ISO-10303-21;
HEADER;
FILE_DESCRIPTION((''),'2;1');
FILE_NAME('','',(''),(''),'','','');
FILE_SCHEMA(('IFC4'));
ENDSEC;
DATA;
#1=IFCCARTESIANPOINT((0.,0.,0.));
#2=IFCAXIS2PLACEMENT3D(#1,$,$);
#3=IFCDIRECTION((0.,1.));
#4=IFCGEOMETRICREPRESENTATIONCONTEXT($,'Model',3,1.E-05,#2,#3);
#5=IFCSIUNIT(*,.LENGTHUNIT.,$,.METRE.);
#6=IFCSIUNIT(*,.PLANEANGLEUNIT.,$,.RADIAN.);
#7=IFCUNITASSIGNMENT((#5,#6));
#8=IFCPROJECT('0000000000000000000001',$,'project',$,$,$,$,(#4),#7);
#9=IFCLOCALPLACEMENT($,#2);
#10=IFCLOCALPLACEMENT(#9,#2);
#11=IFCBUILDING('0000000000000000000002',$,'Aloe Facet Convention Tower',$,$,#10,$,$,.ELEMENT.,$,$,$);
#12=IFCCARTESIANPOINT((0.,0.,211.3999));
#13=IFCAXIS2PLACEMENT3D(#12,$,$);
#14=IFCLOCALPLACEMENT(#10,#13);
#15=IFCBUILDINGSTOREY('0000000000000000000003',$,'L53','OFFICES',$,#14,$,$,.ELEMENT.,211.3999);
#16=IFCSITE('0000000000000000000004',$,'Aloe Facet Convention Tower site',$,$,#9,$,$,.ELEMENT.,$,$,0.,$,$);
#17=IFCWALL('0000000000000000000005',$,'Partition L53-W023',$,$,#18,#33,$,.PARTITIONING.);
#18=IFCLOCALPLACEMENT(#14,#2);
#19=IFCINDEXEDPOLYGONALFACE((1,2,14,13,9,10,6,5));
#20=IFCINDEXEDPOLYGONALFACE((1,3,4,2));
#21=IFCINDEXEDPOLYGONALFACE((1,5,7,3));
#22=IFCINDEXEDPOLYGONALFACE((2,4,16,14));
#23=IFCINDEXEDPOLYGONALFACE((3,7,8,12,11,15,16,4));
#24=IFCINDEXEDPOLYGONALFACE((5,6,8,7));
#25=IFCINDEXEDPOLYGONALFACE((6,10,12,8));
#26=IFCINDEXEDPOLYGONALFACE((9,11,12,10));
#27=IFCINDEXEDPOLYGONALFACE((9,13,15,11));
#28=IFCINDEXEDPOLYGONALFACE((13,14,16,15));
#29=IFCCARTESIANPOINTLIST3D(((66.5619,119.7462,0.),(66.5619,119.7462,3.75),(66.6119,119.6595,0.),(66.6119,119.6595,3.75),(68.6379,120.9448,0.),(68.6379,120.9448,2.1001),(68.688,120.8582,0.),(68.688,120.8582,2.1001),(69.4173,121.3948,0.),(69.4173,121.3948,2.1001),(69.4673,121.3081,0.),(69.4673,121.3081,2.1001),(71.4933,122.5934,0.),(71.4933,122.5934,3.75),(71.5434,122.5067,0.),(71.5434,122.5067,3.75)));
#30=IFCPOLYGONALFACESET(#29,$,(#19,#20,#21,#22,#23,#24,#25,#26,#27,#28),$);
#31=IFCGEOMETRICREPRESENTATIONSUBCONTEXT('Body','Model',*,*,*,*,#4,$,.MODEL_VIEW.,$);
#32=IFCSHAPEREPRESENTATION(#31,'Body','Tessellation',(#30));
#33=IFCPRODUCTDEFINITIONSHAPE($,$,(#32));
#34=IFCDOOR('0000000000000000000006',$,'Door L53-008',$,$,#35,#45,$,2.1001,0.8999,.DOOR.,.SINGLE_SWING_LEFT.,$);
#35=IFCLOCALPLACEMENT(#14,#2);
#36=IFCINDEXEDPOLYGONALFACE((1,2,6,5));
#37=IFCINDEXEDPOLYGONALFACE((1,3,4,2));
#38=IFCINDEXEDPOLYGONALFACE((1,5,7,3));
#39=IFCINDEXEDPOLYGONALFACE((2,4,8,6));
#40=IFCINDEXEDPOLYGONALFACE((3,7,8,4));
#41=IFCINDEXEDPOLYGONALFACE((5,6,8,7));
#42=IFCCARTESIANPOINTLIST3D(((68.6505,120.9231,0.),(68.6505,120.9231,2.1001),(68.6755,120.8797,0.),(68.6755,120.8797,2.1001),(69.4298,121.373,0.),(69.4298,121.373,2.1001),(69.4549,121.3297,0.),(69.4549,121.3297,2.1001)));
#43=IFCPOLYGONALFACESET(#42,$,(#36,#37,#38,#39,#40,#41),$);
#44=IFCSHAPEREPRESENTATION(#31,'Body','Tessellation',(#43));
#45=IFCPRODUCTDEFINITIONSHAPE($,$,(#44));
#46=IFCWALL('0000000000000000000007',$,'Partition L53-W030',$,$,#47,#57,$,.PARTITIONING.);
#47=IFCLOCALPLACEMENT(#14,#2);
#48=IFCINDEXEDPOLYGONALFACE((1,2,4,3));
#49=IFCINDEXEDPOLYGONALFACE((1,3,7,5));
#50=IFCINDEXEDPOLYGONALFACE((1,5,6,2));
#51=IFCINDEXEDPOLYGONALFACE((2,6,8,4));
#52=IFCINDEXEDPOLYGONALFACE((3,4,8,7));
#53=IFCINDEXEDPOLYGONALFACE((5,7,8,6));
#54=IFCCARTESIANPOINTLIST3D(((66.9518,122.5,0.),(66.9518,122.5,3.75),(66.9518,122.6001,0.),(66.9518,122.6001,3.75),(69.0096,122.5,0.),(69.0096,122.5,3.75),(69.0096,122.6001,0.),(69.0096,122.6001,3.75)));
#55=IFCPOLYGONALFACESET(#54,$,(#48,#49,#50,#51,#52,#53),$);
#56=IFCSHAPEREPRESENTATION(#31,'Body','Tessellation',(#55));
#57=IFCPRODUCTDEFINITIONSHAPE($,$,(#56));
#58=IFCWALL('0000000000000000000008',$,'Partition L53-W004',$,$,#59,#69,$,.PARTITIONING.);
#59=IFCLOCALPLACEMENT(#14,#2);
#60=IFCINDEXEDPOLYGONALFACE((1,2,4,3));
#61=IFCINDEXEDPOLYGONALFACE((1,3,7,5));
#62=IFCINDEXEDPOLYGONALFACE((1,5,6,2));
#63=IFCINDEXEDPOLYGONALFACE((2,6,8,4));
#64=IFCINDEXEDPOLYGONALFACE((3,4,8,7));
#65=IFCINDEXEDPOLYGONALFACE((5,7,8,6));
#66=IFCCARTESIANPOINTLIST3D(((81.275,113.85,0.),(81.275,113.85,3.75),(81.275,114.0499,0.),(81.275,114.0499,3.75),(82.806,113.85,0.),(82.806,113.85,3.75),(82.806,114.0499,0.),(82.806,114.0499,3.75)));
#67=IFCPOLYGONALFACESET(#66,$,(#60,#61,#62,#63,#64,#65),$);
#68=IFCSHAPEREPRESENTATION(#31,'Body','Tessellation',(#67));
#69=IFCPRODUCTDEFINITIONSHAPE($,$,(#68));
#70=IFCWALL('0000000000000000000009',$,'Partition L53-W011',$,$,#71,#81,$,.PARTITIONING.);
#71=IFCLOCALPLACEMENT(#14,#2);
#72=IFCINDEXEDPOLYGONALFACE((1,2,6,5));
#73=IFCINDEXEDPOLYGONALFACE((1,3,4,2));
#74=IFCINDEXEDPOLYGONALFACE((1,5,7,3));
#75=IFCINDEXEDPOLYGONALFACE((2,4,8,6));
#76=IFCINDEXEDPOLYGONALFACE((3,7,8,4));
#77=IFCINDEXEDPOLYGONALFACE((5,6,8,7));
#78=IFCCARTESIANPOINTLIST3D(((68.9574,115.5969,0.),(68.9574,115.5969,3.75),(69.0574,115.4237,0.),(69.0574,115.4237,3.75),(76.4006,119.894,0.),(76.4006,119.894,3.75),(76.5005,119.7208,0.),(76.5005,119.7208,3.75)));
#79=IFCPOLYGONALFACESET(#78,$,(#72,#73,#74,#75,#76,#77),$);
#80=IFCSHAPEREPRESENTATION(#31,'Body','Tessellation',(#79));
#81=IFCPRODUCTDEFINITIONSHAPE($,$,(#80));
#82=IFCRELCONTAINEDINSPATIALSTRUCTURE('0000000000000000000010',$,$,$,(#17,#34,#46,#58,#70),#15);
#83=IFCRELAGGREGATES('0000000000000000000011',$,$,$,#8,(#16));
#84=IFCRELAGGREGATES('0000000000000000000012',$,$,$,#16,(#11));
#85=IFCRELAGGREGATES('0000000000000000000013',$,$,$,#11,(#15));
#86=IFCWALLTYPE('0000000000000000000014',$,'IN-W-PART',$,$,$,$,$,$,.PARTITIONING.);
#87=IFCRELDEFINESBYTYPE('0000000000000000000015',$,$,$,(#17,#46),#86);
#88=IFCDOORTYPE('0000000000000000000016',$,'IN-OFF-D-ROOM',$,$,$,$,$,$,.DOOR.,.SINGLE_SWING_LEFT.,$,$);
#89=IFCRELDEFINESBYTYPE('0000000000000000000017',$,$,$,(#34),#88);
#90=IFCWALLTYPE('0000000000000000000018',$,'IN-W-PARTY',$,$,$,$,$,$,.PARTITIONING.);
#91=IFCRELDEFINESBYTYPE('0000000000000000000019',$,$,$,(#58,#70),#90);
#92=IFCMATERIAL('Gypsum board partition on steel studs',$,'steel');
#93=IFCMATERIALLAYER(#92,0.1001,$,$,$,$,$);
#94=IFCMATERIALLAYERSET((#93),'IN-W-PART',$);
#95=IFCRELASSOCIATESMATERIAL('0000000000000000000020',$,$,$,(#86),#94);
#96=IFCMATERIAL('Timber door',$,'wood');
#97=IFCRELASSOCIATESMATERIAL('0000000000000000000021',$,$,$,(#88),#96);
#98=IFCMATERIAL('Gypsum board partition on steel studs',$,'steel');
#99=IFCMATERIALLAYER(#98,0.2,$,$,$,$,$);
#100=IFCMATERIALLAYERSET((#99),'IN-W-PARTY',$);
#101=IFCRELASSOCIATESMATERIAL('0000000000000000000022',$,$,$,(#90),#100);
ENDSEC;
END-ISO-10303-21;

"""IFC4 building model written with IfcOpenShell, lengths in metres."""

from ifc_helpers import new_model, si_unit, direction, frame, frame_2d, origin, place, context, subcontext, project, spatial, rectangle, extrude, material, layer, layer_set, type_object, element, fill, save


model = new_model("IFC4")

# Units and contexts
model_context = context("Model", 3, precision=1e-05, world=origin(), true_north=direction((0.0, 1.0)))
body_context = subcontext(model_context, "Body", "Model", "MODEL_VIEW")
ifc_project = project(units=[si_unit("LENGTHUNIT", "METRE"), si_unit("PLANEANGLEUNIT", "RADIAN")], contexts=[model_context])

# Site, building, storey
site_placement = place(None, origin())
site = spatial("IfcSite", under=ifc_project, at=site_placement, Name="Aloe Facet Convention Tower site", CompositionType="ELEMENT", RefElevation=0.0)
building_placement = place(site_placement, origin())
building = spatial("IfcBuilding", under=site, at=building_placement, Name="Aloe Facet Convention Tower", CompositionType="ELEMENT")
storey_placement = place(building_placement, frame((0.0, 0.0, 211.3999)))
storey = spatial("IfcBuildingStorey", under=building, at=storey_placement, Name="L53", Description="OFFICES", CompositionType="ELEMENT", Elevation=211.3999)

# Wall, opening, door
ifc_material_1 = material(Name="Gypsum board partition on steel studs", Category="steel")
ifc_layer_1 = layer(ifc_material_1, 0.1001)
ifc_layer_set_1 = layer_set([ifc_layer_1], Name="IN-W-PART")
wall_type_1 = type_object("IfcWallType", Name="IN-W-PART", PredefinedType="PARTITIONING", material=ifc_layer_set_1)
ifc_material_2 = material(Name="Timber door", Category="wood")
door_type_1 = type_object("IfcDoorType", Name="IN-OFF-D-ROOM", OperationType="SINGLE_SWING_LEFT", PredefinedType="DOOR", material=ifc_material_2)
wall_1_placement = place(storey_placement, frame((66.5869, 119.7029, 0.0), z_axis=(0.0, 0.0, 1.0), x_axis=(0.866024, 0.500003, 0.0)))
wall_1 = element("IfcWall", 1, at=wall_1_placement, inside=storey, type_object=wall_type_1, Name="Partition L53-W023", PredefinedType="PARTITIONING", context=body_context, shape_type="SweptSolid", body=[
    extrude(rectangle(XDim=5.6943, YDim=0.1001, at=frame_2d((2.8472, 0.0))), origin(), (0.0, 0.0, 1.0), 3.75),
])
opening_1_placement = place(wall_1_placement, frame((2.3972, 0.0, 0.0)))
opening_1 = element("IfcOpeningElement", 2, at=opening_1_placement, cuts=wall_1, PredefinedType="OPENING", context=body_context, shape_type="SweptSolid", body=[
    extrude(rectangle(XDim=0.8999, YDim=2.1001, at=frame_2d((0.45, 1.05))), frame((0.0, 0.0601, 0.0), z_axis=(0.0, -1.0, 0.0), x_axis=(1.0, 0.0, 0.0)), (0.0, 0.0, 1.0), 0.1201),
])
door_1_placement = place(opening_1_placement, origin())
door_1 = element("IfcDoor", 3, at=door_1_placement, inside=storey, type_object=door_type_1, Name="Door L53-008", OperationType="SINGLE_SWING_LEFT", OverallHeight=2.1001, OverallWidth=0.8999, PredefinedType="DOOR", context=body_context, shape_type="SweptSolid", body=[
    extrude(rectangle(XDim=0.8999, YDim=2.1001, at=frame_2d((0.45, 1.05))), frame((0.0, 0.0249, 0.0), z_axis=(0.0, -1.0, 0.0), x_axis=(1.0, 0.0, 0.0)), (0.0, 0.0, 1.0), 0.05),
])
fill(opening_1, door_1)

# Walls
wall_2_placement = place(storey_placement, frame((66.9519, 122.55, 0.0), z_axis=(0.0, 0.0, 1.0), x_axis=(1.0, 0.0, 0.0)))
element("IfcWall", 4, at=wall_2_placement, inside=storey, type_object=wall_type_1, Name="Partition L53-W030", PredefinedType="PARTITIONING", context=body_context, shape_type="SweptSolid", body=[
    extrude(rectangle(XDim=2.0579, YDim=0.1001, at=frame_2d((1.0288, 0.0))), origin(), (0.0, 0.0, 1.0), 3.75),
])
ifc_material_3 = material(Name="Gypsum board partition on steel studs", Category="steel")
ifc_layer_2 = layer(ifc_material_3, 0.2)
ifc_layer_set_2 = layer_set([ifc_layer_2], Name="IN-W-PARTY")
wall_type_2 = type_object("IfcWallType", Name="IN-W-PARTY", PredefinedType="PARTITIONING", material=ifc_layer_set_2)
wall_3_placement = place(storey_placement, frame((81.2749, 113.95, 0.0), z_axis=(0.0, 0.0, 1.0), x_axis=(1.0, 0.0, 0.0)))
element("IfcWall", 5, at=wall_3_placement, inside=storey, type_object=wall_type_2, Name="Partition L53-W004", PredefinedType="PARTITIONING", context=body_context, shape_type="SweptSolid", body=[
    extrude(rectangle(XDim=1.531, YDim=0.2, at=frame_2d((0.7656, 0.0))), origin(), (0.0, 0.0, 1.0), 3.75),
])
wall_4_placement = place(storey_placement, frame((69.0073, 115.5103, 0.0), z_axis=(0.0, 0.0, 1.0), x_axis=(0.866034, 0.499986, 0.0)))
element("IfcWall", 6, at=wall_4_placement, inside=storey, type_object=wall_type_2, Name="Partition L53-W011", PredefinedType="PARTITIONING", context=body_context, shape_type="SweptSolid", body=[
    extrude(rectangle(XDim=8.5945, YDim=0.2, at=frame_2d((4.2974, 0.0))), origin(), (0.0, 0.0, 1.0), 3.75),
])

save(model, "model.ifc")
